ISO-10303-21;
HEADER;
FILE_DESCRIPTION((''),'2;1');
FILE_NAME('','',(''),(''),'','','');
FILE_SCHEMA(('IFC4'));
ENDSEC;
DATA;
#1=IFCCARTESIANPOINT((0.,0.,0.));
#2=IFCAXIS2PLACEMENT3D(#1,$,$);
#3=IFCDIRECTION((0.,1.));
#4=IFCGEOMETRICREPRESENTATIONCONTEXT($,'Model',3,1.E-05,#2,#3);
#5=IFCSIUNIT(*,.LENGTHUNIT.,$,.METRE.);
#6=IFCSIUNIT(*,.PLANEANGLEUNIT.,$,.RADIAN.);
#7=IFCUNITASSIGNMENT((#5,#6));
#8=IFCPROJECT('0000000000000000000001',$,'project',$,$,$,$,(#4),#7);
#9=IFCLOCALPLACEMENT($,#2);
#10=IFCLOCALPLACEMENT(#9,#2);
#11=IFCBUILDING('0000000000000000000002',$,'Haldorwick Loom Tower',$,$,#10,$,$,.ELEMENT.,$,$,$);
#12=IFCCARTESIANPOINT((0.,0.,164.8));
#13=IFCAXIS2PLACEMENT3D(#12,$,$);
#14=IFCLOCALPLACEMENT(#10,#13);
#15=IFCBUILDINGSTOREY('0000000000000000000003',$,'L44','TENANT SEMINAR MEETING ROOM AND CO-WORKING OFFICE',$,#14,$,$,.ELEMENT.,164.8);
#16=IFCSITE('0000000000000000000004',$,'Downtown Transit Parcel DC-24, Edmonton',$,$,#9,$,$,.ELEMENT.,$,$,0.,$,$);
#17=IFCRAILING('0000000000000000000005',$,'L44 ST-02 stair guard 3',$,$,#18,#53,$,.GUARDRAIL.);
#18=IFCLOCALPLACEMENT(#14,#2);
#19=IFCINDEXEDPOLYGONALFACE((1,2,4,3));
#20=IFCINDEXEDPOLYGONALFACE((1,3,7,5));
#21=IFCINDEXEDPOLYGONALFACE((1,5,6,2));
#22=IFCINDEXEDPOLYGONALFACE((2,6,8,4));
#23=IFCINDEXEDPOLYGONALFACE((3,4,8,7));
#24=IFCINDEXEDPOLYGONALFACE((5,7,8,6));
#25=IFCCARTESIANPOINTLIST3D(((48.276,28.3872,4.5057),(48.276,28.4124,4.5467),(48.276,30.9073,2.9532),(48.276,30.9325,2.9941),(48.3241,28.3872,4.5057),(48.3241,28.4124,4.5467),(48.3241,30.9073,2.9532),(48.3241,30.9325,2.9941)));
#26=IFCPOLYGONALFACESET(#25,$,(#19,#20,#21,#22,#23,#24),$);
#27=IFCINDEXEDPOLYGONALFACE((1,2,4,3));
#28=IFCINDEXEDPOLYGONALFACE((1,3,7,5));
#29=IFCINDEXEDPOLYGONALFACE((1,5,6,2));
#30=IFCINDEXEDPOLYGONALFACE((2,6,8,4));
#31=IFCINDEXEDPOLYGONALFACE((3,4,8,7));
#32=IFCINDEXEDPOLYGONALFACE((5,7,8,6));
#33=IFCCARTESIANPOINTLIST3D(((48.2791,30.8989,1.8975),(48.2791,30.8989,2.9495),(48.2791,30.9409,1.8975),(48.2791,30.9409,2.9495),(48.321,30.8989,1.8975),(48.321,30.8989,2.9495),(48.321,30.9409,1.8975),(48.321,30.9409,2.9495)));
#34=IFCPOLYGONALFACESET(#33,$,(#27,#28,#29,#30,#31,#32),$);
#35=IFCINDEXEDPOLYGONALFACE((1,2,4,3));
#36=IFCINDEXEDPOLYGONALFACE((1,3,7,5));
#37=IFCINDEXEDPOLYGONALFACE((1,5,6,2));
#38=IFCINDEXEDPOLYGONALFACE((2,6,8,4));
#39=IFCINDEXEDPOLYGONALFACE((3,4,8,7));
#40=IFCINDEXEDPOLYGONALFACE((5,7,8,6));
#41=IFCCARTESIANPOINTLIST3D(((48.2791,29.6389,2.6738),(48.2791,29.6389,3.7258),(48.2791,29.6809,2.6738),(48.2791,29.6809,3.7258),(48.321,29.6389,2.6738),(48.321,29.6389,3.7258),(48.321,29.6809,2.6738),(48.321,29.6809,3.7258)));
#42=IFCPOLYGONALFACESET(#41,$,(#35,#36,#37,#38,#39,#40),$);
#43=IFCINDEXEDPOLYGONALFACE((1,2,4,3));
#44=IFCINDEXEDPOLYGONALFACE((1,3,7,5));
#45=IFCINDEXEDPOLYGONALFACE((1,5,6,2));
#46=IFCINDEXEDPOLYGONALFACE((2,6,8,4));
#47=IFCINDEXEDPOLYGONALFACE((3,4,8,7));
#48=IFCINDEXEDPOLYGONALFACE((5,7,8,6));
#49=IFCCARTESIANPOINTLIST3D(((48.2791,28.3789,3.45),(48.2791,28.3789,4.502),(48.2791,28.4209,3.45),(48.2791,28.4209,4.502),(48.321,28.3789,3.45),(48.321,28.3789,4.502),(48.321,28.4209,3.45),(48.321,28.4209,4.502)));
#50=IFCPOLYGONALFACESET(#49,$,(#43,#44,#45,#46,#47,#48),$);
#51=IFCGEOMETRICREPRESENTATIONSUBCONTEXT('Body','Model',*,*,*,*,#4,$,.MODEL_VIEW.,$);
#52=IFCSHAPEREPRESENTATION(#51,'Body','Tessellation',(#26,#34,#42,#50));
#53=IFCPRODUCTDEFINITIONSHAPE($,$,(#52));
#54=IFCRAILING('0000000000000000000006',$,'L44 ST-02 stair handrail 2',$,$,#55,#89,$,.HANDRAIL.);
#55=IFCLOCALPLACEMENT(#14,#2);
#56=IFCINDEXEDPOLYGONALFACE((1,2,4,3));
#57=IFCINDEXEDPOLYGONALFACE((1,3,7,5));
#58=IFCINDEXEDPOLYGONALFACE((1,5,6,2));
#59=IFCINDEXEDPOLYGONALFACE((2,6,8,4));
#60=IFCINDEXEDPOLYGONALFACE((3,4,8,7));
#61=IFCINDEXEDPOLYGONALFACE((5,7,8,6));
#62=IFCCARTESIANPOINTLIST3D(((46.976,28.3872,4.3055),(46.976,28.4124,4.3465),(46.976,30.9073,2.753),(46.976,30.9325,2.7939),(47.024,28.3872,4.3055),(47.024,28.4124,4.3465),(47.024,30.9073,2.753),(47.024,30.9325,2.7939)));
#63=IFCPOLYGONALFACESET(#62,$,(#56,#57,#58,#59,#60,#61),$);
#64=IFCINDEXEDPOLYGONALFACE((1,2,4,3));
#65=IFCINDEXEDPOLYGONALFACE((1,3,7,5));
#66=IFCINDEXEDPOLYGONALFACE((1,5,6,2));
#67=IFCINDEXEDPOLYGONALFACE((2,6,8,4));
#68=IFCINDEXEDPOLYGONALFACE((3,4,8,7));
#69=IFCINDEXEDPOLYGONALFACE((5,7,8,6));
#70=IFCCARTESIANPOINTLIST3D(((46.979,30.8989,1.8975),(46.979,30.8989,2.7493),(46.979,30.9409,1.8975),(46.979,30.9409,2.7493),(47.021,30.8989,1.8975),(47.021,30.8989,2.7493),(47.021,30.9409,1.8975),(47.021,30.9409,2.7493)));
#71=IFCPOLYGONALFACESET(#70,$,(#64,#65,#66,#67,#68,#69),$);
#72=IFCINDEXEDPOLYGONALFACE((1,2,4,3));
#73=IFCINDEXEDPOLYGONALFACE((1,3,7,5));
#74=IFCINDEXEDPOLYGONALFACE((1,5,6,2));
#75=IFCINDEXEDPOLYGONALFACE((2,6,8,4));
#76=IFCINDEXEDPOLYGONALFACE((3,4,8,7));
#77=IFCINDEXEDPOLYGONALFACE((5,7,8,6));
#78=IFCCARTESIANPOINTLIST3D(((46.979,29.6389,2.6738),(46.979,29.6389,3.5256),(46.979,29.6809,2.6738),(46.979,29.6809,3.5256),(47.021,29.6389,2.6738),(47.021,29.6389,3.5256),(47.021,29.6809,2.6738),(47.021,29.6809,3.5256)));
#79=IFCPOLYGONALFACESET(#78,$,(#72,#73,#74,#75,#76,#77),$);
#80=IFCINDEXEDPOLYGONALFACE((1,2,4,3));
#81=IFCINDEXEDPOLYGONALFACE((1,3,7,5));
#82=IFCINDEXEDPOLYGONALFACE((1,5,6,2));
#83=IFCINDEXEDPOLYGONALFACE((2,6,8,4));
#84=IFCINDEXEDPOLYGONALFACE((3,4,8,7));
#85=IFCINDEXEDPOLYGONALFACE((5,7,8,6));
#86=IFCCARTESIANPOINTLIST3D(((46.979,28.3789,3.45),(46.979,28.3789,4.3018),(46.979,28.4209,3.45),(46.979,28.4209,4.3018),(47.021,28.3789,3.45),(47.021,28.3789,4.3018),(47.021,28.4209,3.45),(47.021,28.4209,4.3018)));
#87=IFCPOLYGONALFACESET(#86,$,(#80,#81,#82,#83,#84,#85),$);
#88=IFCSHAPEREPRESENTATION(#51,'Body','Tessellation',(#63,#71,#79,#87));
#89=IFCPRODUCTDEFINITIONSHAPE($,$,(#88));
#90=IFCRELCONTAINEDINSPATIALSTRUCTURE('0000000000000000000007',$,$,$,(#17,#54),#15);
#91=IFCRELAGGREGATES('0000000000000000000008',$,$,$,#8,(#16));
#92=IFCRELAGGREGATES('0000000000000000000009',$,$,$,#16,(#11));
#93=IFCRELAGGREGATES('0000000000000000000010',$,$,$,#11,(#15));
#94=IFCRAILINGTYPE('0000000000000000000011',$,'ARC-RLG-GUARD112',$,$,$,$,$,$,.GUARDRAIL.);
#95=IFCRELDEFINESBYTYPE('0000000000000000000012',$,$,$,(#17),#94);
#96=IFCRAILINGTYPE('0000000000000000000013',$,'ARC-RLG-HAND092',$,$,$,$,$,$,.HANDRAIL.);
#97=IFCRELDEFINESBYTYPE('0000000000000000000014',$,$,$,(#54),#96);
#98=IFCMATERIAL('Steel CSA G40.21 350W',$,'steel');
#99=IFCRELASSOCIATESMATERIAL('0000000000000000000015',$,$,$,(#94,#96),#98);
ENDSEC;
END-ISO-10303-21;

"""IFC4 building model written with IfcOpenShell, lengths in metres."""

from ifc_helpers import new_model, si_unit, direction, frame, origin, origin_2d, place, context, subcontext, project, spatial, rectangle, extrude, material, type_object, element, save


model = new_model("IFC4")

# Units and contexts
model_context = context("Model", 3, precision=1e-05, world=origin(), true_north=direction((0.0, 1.0)))
body_context = subcontext(model_context, "Body", "Model", "MODEL_VIEW")
ifc_project = project(units=[si_unit("LENGTHUNIT", "METRE"), si_unit("PLANEANGLEUNIT", "RADIAN")], contexts=[model_context])

# Site, building, storey
site_placement = place(None, origin())
site = spatial("IfcSite", under=ifc_project, at=site_placement, Name="Downtown Transit Parcel DC-24, Edmonton", CompositionType="ELEMENT", RefElevation=0.0)
building_placement = place(site_placement, origin())
building = spatial("IfcBuilding", under=site, at=building_placement, Name="Haldorwick Loom Tower", CompositionType="ELEMENT")
storey_placement = place(building_placement, frame((0.0, 0.0, 164.8)))
storey = spatial("IfcBuildingStorey", under=building, at=storey_placement, Name="L44", Description="TENANT SEMINAR MEETING ROOM AND CO-WORKING OFFICE", CompositionType="ELEMENT", Elevation=164.8)

# Shared definitions
ifc_material_1 = material(Name="Steel CSA G40.21 350W", Category="steel")

# Railings
railing_type_1 = type_object("IfcRailingType", Name="ARC-RLG-GUARD112", PredefinedType="GUARDRAIL", material=ifc_material_1)
railing_1_placement = place(storey_placement, frame((48.3, 30.9199, 1.8975)))
element("IfcRailing", 1, at=railing_1_placement, inside=storey, type_object=railing_type_1, Name="L44 ST-02 stair guard 3", PredefinedType="GUARDRAIL", context=body_context, shape_type="SweptSolid", body=[
    extrude(rectangle(XDim=0.0481, YDim=0.0481, at=origin_2d()), frame((0.0, 0.0, 1.0762), z_axis=(0.0, -0.8514, 0.524516), x_axis=(1.0, 0.0, 0.0)), (0.0, 0.0, 1.0), 2.96),
    extrude(rectangle(XDim=0.042, YDim=0.042, at=origin_2d()), origin(), (0.0, 0.0, 1.0), 1.052),
    extrude(rectangle(XDim=0.042, YDim=0.042, at=origin_2d()), frame((0.0, -1.26, 0.7764)), (0.0, 0.0, 1.0), 1.052),
    extrude(rectangle(XDim=0.042, YDim=0.042, at=origin_2d()), frame((0.0, -2.52, 1.5525)), (0.0, 0.0, 1.0), 1.052),
])
railing_type_2 = type_object("IfcRailingType", Name="ARC-RLG-HAND092", PredefinedType="HANDRAIL", material=ifc_material_1)
railing_2_placement = place(storey_placement, frame((47.0, 30.9199, 1.8975)))
element("IfcRailing", 2, at=railing_2_placement, inside=storey, type_object=railing_type_2, Name="L44 ST-02 stair handrail 2", PredefinedType="HANDRAIL", context=body_context, shape_type="SweptSolid", body=[
    extrude(rectangle(XDim=0.0481, YDim=0.0481, at=origin_2d()), frame((0.0, 0.0, 0.876), z_axis=(0.0, -0.8514, 0.524516), x_axis=(1.0, 0.0, 0.0)), (0.0, 0.0, 1.0), 2.96),
    extrude(rectangle(XDim=0.042, YDim=0.042, at=origin_2d()), origin(), (0.0, 0.0, 1.0), 0.8518),
    extrude(rectangle(XDim=0.042, YDim=0.042, at=origin_2d()), frame((0.0, -1.26, 0.7764)), (0.0, 0.0, 1.0), 0.8518),
    extrude(rectangle(XDim=0.042, YDim=0.042, at=origin_2d()), frame((0.0, -2.52, 1.5525)), (0.0, 0.0, 1.0), 0.8518),
])

save(model, "model.ifc")
